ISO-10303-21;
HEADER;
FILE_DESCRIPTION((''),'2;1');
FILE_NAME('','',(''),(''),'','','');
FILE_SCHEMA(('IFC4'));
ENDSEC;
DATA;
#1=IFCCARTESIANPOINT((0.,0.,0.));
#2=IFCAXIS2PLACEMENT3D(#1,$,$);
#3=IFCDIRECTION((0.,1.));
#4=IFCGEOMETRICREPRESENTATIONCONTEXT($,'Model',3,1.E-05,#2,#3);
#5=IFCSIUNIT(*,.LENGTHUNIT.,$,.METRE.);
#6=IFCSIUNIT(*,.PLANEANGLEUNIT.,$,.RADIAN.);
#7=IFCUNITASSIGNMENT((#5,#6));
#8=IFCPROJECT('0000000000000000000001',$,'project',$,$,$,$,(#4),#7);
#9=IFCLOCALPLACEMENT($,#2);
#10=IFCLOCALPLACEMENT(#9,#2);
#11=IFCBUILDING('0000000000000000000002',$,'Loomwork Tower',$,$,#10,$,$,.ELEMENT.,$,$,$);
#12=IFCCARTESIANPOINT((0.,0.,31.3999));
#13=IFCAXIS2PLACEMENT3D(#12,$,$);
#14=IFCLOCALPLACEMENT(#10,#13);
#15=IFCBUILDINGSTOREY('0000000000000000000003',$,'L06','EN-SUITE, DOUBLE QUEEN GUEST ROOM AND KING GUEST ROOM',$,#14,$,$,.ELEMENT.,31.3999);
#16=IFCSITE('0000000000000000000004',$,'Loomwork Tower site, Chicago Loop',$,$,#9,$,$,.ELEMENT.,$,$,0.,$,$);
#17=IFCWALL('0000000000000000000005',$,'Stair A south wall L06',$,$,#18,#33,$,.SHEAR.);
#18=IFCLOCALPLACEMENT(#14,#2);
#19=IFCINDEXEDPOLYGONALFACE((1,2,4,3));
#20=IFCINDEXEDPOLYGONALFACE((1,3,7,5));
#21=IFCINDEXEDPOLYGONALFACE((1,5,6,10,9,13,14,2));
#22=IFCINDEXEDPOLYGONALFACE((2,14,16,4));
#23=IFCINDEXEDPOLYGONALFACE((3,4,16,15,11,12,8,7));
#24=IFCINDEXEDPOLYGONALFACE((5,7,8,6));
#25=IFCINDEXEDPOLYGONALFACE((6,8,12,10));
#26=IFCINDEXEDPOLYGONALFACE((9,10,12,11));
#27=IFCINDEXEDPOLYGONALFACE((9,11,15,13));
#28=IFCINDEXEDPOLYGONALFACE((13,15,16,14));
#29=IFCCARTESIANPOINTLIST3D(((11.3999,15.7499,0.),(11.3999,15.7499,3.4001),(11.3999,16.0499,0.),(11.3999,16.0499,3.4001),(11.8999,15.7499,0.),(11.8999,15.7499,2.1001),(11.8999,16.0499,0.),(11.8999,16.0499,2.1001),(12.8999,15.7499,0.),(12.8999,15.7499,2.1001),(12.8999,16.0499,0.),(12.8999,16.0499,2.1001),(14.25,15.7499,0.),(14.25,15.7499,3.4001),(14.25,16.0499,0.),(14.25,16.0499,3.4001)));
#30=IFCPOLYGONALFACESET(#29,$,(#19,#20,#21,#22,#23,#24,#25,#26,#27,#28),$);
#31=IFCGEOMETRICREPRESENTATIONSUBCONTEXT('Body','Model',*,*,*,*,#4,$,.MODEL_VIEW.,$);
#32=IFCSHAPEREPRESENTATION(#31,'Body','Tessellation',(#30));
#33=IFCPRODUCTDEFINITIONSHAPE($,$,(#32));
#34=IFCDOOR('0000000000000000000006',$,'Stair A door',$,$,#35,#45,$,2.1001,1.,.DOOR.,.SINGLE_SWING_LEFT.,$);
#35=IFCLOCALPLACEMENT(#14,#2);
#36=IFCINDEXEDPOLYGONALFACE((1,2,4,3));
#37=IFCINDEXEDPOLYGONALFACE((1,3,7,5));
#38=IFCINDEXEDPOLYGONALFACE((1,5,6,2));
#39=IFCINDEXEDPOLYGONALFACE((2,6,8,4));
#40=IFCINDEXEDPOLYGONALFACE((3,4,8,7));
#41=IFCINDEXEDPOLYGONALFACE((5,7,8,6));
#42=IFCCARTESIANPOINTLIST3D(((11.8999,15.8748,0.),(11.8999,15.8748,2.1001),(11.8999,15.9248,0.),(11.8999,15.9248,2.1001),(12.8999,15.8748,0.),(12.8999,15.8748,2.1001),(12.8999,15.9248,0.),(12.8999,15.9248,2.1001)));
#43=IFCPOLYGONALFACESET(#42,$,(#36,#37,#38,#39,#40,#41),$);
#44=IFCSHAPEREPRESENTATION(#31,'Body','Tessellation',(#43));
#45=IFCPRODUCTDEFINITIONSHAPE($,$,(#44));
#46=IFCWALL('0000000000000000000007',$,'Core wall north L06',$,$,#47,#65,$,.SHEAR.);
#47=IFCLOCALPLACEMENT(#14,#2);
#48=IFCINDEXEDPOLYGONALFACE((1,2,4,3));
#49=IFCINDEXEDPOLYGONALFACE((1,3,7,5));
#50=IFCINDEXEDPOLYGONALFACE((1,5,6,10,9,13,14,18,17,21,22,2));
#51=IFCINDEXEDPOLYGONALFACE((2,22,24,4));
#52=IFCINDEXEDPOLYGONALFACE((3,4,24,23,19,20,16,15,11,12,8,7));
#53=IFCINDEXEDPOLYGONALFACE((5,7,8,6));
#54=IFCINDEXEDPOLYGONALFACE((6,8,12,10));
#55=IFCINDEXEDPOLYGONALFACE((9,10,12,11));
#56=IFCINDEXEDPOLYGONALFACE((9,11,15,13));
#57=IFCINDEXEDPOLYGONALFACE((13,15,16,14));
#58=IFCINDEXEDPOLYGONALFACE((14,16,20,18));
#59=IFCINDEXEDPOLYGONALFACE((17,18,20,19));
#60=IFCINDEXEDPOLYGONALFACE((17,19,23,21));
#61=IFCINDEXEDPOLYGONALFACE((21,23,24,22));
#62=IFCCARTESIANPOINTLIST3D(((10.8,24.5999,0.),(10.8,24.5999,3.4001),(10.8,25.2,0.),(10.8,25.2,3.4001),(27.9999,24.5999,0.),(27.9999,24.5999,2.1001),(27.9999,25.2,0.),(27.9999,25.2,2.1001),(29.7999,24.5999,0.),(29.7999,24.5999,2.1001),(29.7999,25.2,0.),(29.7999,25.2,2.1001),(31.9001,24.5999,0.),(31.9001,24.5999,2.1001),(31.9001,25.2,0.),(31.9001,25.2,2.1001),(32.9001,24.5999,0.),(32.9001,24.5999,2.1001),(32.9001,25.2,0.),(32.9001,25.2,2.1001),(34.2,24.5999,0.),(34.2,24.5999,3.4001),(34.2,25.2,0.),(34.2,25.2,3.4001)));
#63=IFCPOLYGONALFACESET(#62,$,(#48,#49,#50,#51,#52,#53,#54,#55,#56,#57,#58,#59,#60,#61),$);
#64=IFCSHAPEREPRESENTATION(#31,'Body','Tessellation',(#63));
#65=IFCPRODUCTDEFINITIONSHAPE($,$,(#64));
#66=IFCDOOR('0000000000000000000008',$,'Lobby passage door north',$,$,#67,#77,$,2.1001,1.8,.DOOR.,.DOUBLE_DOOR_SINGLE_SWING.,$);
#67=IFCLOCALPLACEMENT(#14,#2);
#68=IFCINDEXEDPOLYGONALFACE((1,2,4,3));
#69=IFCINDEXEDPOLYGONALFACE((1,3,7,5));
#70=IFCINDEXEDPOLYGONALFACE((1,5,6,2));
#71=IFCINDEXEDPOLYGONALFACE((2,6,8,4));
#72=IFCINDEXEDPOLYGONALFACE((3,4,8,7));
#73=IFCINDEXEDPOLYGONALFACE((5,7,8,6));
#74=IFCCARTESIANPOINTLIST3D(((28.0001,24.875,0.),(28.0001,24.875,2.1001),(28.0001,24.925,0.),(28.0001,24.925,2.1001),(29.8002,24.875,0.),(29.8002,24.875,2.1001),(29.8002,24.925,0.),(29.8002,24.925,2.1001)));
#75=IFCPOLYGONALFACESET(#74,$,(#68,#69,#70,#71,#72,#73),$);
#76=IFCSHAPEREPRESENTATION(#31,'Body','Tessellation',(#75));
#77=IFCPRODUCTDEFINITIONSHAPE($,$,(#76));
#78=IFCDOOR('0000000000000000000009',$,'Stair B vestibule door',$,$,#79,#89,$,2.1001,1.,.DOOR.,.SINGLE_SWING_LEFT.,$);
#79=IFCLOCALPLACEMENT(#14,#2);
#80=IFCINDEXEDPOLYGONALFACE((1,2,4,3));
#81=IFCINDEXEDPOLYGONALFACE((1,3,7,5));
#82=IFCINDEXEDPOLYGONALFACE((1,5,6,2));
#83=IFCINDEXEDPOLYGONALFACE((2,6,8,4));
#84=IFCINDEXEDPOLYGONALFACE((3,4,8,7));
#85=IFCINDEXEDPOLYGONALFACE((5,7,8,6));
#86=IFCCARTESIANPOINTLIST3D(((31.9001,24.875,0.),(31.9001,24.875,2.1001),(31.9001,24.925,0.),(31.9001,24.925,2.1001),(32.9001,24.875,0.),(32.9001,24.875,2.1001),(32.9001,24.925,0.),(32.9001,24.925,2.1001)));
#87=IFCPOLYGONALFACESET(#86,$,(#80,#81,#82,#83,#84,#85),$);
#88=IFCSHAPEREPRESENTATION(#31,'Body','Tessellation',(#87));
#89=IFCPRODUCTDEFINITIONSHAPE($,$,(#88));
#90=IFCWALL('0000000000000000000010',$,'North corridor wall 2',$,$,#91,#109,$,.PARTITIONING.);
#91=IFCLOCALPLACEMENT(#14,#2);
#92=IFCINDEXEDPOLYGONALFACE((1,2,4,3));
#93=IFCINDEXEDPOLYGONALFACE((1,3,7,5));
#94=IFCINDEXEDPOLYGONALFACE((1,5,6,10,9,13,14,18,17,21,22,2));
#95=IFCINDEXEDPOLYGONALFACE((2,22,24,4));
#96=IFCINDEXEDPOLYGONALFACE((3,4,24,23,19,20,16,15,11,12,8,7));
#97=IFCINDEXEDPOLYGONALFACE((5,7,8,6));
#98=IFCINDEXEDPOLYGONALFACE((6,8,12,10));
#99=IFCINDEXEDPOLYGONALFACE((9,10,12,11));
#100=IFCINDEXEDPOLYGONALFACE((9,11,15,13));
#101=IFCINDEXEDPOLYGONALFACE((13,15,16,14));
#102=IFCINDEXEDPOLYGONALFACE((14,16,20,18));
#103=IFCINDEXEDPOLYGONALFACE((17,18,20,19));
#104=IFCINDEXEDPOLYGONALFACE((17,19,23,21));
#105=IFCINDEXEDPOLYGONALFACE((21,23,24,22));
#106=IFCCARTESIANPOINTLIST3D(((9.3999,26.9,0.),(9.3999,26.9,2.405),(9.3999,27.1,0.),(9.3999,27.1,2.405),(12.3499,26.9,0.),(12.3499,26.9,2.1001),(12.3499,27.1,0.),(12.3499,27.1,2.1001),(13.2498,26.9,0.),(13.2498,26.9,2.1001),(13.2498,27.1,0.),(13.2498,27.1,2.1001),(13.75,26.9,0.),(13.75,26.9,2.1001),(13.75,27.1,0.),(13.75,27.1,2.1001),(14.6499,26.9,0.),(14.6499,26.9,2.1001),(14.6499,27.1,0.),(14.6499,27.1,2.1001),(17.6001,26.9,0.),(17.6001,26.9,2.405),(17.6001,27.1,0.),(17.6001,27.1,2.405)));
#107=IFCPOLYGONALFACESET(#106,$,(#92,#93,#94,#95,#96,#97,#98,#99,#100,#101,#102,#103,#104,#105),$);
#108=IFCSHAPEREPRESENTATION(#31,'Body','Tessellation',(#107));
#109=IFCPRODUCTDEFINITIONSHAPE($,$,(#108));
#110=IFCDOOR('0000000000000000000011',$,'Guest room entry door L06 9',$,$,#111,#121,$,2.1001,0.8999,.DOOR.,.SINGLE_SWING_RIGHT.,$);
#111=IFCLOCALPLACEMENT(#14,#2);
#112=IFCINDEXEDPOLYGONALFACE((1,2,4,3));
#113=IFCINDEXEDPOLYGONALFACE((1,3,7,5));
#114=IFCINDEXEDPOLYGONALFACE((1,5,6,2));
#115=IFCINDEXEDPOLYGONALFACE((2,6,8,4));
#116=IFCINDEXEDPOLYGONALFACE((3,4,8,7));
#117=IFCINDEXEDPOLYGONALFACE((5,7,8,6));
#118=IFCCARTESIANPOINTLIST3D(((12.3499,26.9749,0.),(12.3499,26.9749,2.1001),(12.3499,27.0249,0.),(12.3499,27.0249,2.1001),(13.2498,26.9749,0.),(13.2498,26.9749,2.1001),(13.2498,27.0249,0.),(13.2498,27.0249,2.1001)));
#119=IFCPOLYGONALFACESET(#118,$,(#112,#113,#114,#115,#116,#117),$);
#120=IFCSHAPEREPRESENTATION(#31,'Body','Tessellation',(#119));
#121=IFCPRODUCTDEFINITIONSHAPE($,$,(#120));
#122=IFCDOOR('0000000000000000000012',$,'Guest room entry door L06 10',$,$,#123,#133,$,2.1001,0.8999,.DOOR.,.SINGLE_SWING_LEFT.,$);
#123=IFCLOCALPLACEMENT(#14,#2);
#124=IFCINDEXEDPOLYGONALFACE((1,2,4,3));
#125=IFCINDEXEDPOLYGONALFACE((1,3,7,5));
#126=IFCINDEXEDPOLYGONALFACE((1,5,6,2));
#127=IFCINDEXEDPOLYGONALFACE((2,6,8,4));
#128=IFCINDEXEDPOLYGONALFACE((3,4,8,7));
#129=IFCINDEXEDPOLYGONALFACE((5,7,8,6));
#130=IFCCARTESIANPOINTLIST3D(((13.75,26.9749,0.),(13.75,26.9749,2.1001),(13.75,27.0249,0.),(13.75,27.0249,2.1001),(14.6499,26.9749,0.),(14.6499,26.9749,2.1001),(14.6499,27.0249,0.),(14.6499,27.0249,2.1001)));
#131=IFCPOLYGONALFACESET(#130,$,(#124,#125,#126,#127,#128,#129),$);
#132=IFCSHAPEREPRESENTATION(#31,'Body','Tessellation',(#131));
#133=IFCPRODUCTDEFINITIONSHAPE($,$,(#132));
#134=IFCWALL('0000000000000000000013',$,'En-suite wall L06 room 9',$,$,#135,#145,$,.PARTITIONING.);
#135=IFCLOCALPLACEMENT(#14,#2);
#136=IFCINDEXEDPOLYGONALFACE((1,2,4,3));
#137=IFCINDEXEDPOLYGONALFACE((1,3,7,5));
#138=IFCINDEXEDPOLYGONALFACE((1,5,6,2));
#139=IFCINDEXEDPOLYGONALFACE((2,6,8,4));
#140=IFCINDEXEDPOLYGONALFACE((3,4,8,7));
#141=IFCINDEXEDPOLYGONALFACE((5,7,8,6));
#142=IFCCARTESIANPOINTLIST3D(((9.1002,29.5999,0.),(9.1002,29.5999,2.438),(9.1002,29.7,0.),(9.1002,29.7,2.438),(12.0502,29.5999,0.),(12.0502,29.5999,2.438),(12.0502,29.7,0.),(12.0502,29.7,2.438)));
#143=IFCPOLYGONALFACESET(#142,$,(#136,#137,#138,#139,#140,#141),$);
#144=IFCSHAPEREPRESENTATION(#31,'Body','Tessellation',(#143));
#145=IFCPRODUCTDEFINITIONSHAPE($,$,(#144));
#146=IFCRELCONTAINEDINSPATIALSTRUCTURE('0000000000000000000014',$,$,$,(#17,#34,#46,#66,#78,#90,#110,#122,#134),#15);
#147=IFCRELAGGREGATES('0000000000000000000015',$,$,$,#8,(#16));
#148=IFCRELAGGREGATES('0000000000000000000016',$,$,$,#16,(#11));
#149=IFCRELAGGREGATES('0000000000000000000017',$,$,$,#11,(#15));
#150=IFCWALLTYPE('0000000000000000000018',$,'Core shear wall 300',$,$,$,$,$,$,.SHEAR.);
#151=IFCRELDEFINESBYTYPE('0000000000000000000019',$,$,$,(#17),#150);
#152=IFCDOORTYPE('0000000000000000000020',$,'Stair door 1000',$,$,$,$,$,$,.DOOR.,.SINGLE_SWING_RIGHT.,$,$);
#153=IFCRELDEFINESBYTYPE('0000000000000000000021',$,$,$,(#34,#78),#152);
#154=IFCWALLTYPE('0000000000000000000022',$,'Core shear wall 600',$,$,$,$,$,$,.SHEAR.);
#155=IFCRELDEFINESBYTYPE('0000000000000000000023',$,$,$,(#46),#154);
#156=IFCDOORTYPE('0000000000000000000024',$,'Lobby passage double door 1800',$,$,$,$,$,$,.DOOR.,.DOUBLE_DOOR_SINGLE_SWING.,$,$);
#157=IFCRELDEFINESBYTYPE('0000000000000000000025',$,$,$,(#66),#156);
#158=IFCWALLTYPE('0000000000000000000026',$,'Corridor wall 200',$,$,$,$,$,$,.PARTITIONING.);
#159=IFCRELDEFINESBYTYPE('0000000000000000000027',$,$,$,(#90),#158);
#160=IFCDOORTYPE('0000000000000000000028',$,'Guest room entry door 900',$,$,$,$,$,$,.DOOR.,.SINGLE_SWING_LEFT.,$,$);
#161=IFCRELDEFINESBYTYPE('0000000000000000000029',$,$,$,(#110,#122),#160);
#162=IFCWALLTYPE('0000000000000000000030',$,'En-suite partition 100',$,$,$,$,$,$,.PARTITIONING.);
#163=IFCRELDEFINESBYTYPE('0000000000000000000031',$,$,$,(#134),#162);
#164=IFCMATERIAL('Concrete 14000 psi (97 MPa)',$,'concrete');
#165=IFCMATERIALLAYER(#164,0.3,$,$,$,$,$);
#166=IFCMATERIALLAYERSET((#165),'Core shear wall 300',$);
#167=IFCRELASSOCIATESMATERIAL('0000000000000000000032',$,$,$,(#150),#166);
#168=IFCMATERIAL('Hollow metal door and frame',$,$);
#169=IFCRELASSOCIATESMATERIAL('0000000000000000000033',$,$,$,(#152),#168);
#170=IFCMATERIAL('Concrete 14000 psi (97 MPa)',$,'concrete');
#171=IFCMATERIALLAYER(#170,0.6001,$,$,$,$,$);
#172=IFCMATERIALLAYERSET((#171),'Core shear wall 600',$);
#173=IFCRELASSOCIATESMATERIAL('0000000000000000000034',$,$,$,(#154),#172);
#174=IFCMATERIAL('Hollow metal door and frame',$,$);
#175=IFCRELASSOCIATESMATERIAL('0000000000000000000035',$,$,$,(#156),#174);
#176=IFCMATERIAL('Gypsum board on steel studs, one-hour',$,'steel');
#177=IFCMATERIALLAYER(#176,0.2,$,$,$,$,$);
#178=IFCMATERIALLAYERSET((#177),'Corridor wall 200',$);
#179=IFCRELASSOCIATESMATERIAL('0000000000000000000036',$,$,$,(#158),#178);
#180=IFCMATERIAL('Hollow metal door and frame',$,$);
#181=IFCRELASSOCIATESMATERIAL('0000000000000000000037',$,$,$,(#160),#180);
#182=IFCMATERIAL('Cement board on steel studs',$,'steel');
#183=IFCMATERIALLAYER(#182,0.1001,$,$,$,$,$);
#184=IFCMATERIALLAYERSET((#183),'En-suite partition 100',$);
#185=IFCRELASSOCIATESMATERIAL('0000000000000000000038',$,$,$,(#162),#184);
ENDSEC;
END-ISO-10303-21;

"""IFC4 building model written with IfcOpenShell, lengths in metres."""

from ifc_helpers import new_model, si_unit, direction, frame, frame_2d, origin, place, context, subcontext, project, spatial, rectangle, extrude, material, layer, layer_set, type_object, element, fill, save


model = new_model("IFC4")

# Units and contexts
model_context = context("Model", 3, precision=1e-05, world=origin(), true_north=direction((0.0, 1.0)))
body_context = subcontext(model_context, "Body", "Model", "MODEL_VIEW")
ifc_project = project(units=[si_unit("LENGTHUNIT", "METRE"), si_unit("PLANEANGLEUNIT", "RADIAN")], contexts=[model_context])

# Site, building, storey
site_placement = place(None, origin())
site = spatial("IfcSite", under=ifc_project, at=site_placement, Name="Loomwork Tower site, Chicago Loop", CompositionType="ELEMENT", RefElevation=0.0)
building_placement = place(site_placement, origin())
building = spatial("IfcBuilding", under=site, at=building_placement, Name="Loomwork Tower", CompositionType="ELEMENT")
storey_placement = place(building_placement, frame((0.0, 0.0, 31.3999)))
storey = spatial("IfcBuildingStorey", under=building, at=storey_placement, Name="L06", Description="EN-SUITE, DOUBLE QUEEN GUEST ROOM AND KING GUEST ROOM", CompositionType="ELEMENT", Elevation=31.3999)

# Wall, opening, door
ifc_material_1 = material(Name="Concrete 14000 psi (97 MPa)", Category="concrete")
ifc_layer_1 = layer(ifc_material_1, 0.3)
ifc_layer_set_1 = layer_set([ifc_layer_1], Name="Core shear wall 300")
wall_type_1 = type_object("IfcWallType", Name="Core shear wall 300", PredefinedType="SHEAR", material=ifc_layer_set_1)
wall_1_placement = place(storey_placement, frame((11.3999, 15.8999, 0.0), z_axis=(0.0, 0.0, 1.0), x_axis=(1.0, 0.0, 0.0)))
wall_1 = element("IfcWall", 1, at=wall_1_placement, inside=storey, type_object=wall_type_1, Name="Stair A south wall L06", PredefinedType="SHEAR", context=body_context, shape_type="SweptSolid", body=[
    extrude(rectangle(XDim=2.8501, YDim=0.3, at=frame_2d((1.425, 0.0))), origin(), (0.0, 0.0, 1.0), 3.4001),
])
opening_1_placement = place(wall_1_placement, frame((0.5, 0.0, 0.0)))
opening_1 = element("IfcOpeningElement", 2, at=opening_1_placement, cuts=wall_1, PredefinedType="OPENING", context=body_context, shape_type="SweptSolid", body=[
    extrude(rectangle(XDim=1.0, YDim=2.1001, at=frame_2d((0.5, 1.05))), frame((0.0, 0.1599, 0.0), z_axis=(0.0, -1.0, 0.0), x_axis=(1.0, 0.0, 0.0)), (0.0, 0.0, 1.0), 0.3201),
])
ifc_material_2 = material(Name="Hollow metal door and frame")
door_type_1 = type_object("IfcDoorType", Name="Stair door 1000", OperationType="SINGLE_SWING_RIGHT", PredefinedType="DOOR", material=ifc_material_2)
door_1_placement = place(opening_1_placement, origin())
door_1 = element("IfcDoor", 3, at=door_1_placement, inside=storey, type_object=door_type_1, Name="Stair A door", OperationType="SINGLE_SWING_LEFT", OverallHeight=2.1001, OverallWidth=1.0, PredefinedType="DOOR", context=body_context, shape_type="SweptSolid", body=[
    extrude(rectangle(XDim=1.0, YDim=2.1001, at=frame_2d((0.5, 1.05))), frame((0.0, 0.0249, 0.0), z_axis=(0.0, -1.0, 0.0), x_axis=(1.0, 0.0, 0.0)), (0.0, 0.0, 1.0), 0.05),
])
fill(opening_1, door_1)

# Walls, openings, doors
ifc_material_3 = material(Name="Concrete 14000 psi (97 MPa)", Category="concrete")
ifc_layer_2 = layer(ifc_material_3, 0.6001)
ifc_layer_set_2 = layer_set([ifc_layer_2], Name="Core shear wall 600")
wall_type_2 = type_object("IfcWallType", Name="Core shear wall 600", PredefinedType="SHEAR", material=ifc_layer_set_2)
wall_2_placement = place(storey_placement, frame((10.8, 24.8999, 0.0), z_axis=(0.0, 0.0, 1.0), x_axis=(1.0, 0.0, 0.0)))
wall_2 = element("IfcWall", 4, at=wall_2_placement, inside=storey, type_object=wall_type_2, Name="Core wall north L06", PredefinedType="SHEAR", context=body_context, shape_type="SweptSolid", body=[
    extrude(rectangle(XDim=23.3999, YDim=0.6001, at=frame_2d((11.7, 0.0))), origin(), (0.0, 0.0, 1.0), 3.4001),
])
opening_2_placement = place(wall_2_placement, frame((17.2, 0.0, 0.0)))
opening_2 = element("IfcOpeningElement", 5, at=opening_2_placement, cuts=wall_2, PredefinedType="OPENING", context=body_context, shape_type="SweptSolid", body=[
    extrude(rectangle(XDim=1.8, YDim=2.1001, at=frame_2d((0.8999, 1.05))), frame((0.0, 0.3101, 0.0), z_axis=(0.0, -1.0, 0.0), x_axis=(1.0, 0.0, 0.0)), (0.0, 0.0, 1.0), 0.6201),
])
opening_3_placement = place(wall_2_placement, frame((21.1001, 0.0, 0.0)))
opening_3 = element("IfcOpeningElement", 6, at=opening_3_placement, cuts=wall_2, PredefinedType="OPENING", context=body_context, shape_type="SweptSolid", body=[
    extrude(rectangle(XDim=1.0, YDim=2.1001, at=frame_2d((0.5, 1.05))), frame((0.0, 0.3101, 0.0), z_axis=(0.0, -1.0, 0.0), x_axis=(1.0, 0.0, 0.0)), (0.0, 0.0, 1.0), 0.6201),
])
ifc_material_4 = material(Name="Hollow metal door and frame")
door_type_2 = type_object("IfcDoorType", Name="Lobby passage double door 1800", OperationType="DOUBLE_DOOR_SINGLE_SWING", PredefinedType="DOOR", material=ifc_material_4)
door_2_placement = place(opening_2_placement, frame((1.8, 0.0, 0.0), z_axis=(0.0, 0.0, 1.0), x_axis=(-1.0, 0.0, 0.0)))
door_2 = element("IfcDoor", 7, at=door_2_placement, inside=storey, type_object=door_type_2, Name="Lobby passage door north", OperationType="DOUBLE_DOOR_SINGLE_SWING", OverallHeight=2.1001, OverallWidth=1.8, PredefinedType="DOOR", context=body_context, shape_type="SweptSolid", body=[
    extrude(rectangle(XDim=1.8, YDim=2.1001, at=frame_2d((0.8999, 1.05))), frame((0.0, 0.0249, 0.0), z_axis=(0.0, -1.0, 0.0), x_axis=(1.0, 0.0, 0.0)), (0.0, 0.0, 1.0), 0.05),
])
fill(opening_2, door_2)
door_3_placement = place(opening_3_placement, frame((1.0, 0.0, 0.0), z_axis=(0.0, 0.0, 1.0), x_axis=(-1.0, 0.0, 0.0)))
door_3 = element("IfcDoor", 8, at=door_3_placement, inside=storey, type_object=door_type_1, Name="Stair B vestibule door", OperationType="SINGLE_SWING_LEFT", OverallHeight=2.1001, OverallWidth=1.0, PredefinedType="DOOR", context=body_context, shape_type="SweptSolid", body=[
    extrude(rectangle(XDim=1.0, YDim=2.1001, at=frame_2d((0.5, 1.05))), frame((0.0, 0.0249, 0.0), z_axis=(0.0, -1.0, 0.0), x_axis=(1.0, 0.0, 0.0)), (0.0, 0.0, 1.0), 0.05),
])
fill(opening_3, door_3)
ifc_material_5 = material(Name="Gypsum board on steel studs, one-hour", Category="steel")
ifc_layer_3 = layer(ifc_material_5, 0.2)
ifc_layer_set_3 = layer_set([ifc_layer_3], Name="Corridor wall 200")
wall_type_3 = type_object("IfcWallType", Name="Corridor wall 200", PredefinedType="PARTITIONING", material=ifc_layer_set_3)
wall_3_placement = place(storey_placement, frame((9.3999, 27.0, 0.0), z_axis=(0.0, 0.0, 1.0), x_axis=(1.0, 0.0, 0.0)))
wall_3 = element("IfcWall", 9, at=wall_3_placement, inside=storey, type_object=wall_type_3, Name="North corridor wall 2", PredefinedType="PARTITIONING", context=body_context, shape_type="SweptSolid", body=[
    extrude(rectangle(XDim=8.2002, YDim=0.2, at=frame_2d((4.1001, 0.0))), origin(), (0.0, 0.0, 1.0), 2.405),
])
opening_4_placement = place(wall_3_placement, frame((2.95, 0.0, 0.0)))
opening_4 = element("IfcOpeningElement", 10, at=opening_4_placement, cuts=wall_3, PredefinedType="OPENING", context=body_context, shape_type="SweptSolid", body=[
    extrude(rectangle(XDim=0.8999, YDim=2.1001, at=frame_2d((0.45, 1.05))), frame((0.0, 0.1099, 0.0), z_axis=(0.0, -1.0, 0.0), x_axis=(1.0, 0.0, 0.0)), (0.0, 0.0, 1.0), 0.22),
])
opening_5_placement = place(wall_3_placement, frame((4.3501, 0.0, 0.0)))
opening_5 = element("IfcOpeningElement", 11, at=opening_5_placement, cuts=wall_3, PredefinedType="OPENING", context=body_context, shape_type="SweptSolid", body=[
    extrude(rectangle(XDim=0.8999, YDim=2.1001, at=frame_2d((0.45, 1.05))), frame((0.0, 0.1099, 0.0), z_axis=(0.0, -1.0, 0.0), x_axis=(1.0, 0.0, 0.0)), (0.0, 0.0, 1.0), 0.22),
])
ifc_material_6 = material(Name="Hollow metal door and frame")
door_type_3 = type_object("IfcDoorType", Name="Guest room entry door 900", OperationType="SINGLE_SWING_LEFT", PredefinedType="DOOR", material=ifc_material_6)
door_4_placement = place(opening_4_placement, origin())
door_4 = element("IfcDoor", 12, at=door_4_placement, inside=storey, type_object=door_type_3, Name="Guest room entry door L06 9", OperationType="SINGLE_SWING_RIGHT", OverallHeight=2.1001, OverallWidth=0.8999, PredefinedType="DOOR", context=body_context, shape_type="SweptSolid", body=[
    extrude(rectangle(XDim=0.8999, YDim=2.1001, at=frame_2d((0.45, 1.05))), frame((0.0, 0.0249, 0.0), z_axis=(0.0, -1.0, 0.0), x_axis=(1.0, 0.0, 0.0)), (0.0, 0.0, 1.0), 0.05),
])
fill(opening_4, door_4)
door_5_placement = place(opening_5_placement, origin())
door_5 = element("IfcDoor", 13, at=door_5_placement, inside=storey, type_object=door_type_3, Name="Guest room entry door L06 10", OperationType="SINGLE_SWING_LEFT", OverallHeight=2.1001, OverallWidth=0.8999, PredefinedType="DOOR", context=body_context, shape_type="SweptSolid", body=[
    extrude(rectangle(XDim=0.8999, YDim=2.1001, at=frame_2d((0.45, 1.05))), frame((0.0, 0.0249, 0.0), z_axis=(0.0, -1.0, 0.0), x_axis=(1.0, 0.0, 0.0)), (0.0, 0.0, 1.0), 0.05),
])
fill(opening_5, door_5)

# Wall
ifc_material_7 = material(Name="Cement board on steel studs", Category="steel")
ifc_layer_4 = layer(ifc_material_7, 0.1001)
ifc_layer_set_4 = layer_set([ifc_layer_4], Name="En-suite partition 100")
wall_type_4 = type_object("IfcWallType", Name="En-suite partition 100", PredefinedType="PARTITIONING", material=ifc_layer_set_4)
wall_4_placement = place(storey_placement, frame((9.1001, 29.6499, 0.0), z_axis=(0.0, 0.0, 1.0), x_axis=(1.0, 0.0, 0.0)))
element("IfcWall", 14, at=wall_4_placement, inside=storey, type_object=wall_type_4, Name="En-suite wall L06 room 9", PredefinedType="PARTITIONING", context=body_context, shape_type="SweptSolid", body=[
    extrude(rectangle(XDim=2.95, YDim=0.1001, at=frame_2d((1.4751, 0.0))), origin(), (0.0, 0.0, 1.0), 2.438),
])

save(model, "model.ifc")
